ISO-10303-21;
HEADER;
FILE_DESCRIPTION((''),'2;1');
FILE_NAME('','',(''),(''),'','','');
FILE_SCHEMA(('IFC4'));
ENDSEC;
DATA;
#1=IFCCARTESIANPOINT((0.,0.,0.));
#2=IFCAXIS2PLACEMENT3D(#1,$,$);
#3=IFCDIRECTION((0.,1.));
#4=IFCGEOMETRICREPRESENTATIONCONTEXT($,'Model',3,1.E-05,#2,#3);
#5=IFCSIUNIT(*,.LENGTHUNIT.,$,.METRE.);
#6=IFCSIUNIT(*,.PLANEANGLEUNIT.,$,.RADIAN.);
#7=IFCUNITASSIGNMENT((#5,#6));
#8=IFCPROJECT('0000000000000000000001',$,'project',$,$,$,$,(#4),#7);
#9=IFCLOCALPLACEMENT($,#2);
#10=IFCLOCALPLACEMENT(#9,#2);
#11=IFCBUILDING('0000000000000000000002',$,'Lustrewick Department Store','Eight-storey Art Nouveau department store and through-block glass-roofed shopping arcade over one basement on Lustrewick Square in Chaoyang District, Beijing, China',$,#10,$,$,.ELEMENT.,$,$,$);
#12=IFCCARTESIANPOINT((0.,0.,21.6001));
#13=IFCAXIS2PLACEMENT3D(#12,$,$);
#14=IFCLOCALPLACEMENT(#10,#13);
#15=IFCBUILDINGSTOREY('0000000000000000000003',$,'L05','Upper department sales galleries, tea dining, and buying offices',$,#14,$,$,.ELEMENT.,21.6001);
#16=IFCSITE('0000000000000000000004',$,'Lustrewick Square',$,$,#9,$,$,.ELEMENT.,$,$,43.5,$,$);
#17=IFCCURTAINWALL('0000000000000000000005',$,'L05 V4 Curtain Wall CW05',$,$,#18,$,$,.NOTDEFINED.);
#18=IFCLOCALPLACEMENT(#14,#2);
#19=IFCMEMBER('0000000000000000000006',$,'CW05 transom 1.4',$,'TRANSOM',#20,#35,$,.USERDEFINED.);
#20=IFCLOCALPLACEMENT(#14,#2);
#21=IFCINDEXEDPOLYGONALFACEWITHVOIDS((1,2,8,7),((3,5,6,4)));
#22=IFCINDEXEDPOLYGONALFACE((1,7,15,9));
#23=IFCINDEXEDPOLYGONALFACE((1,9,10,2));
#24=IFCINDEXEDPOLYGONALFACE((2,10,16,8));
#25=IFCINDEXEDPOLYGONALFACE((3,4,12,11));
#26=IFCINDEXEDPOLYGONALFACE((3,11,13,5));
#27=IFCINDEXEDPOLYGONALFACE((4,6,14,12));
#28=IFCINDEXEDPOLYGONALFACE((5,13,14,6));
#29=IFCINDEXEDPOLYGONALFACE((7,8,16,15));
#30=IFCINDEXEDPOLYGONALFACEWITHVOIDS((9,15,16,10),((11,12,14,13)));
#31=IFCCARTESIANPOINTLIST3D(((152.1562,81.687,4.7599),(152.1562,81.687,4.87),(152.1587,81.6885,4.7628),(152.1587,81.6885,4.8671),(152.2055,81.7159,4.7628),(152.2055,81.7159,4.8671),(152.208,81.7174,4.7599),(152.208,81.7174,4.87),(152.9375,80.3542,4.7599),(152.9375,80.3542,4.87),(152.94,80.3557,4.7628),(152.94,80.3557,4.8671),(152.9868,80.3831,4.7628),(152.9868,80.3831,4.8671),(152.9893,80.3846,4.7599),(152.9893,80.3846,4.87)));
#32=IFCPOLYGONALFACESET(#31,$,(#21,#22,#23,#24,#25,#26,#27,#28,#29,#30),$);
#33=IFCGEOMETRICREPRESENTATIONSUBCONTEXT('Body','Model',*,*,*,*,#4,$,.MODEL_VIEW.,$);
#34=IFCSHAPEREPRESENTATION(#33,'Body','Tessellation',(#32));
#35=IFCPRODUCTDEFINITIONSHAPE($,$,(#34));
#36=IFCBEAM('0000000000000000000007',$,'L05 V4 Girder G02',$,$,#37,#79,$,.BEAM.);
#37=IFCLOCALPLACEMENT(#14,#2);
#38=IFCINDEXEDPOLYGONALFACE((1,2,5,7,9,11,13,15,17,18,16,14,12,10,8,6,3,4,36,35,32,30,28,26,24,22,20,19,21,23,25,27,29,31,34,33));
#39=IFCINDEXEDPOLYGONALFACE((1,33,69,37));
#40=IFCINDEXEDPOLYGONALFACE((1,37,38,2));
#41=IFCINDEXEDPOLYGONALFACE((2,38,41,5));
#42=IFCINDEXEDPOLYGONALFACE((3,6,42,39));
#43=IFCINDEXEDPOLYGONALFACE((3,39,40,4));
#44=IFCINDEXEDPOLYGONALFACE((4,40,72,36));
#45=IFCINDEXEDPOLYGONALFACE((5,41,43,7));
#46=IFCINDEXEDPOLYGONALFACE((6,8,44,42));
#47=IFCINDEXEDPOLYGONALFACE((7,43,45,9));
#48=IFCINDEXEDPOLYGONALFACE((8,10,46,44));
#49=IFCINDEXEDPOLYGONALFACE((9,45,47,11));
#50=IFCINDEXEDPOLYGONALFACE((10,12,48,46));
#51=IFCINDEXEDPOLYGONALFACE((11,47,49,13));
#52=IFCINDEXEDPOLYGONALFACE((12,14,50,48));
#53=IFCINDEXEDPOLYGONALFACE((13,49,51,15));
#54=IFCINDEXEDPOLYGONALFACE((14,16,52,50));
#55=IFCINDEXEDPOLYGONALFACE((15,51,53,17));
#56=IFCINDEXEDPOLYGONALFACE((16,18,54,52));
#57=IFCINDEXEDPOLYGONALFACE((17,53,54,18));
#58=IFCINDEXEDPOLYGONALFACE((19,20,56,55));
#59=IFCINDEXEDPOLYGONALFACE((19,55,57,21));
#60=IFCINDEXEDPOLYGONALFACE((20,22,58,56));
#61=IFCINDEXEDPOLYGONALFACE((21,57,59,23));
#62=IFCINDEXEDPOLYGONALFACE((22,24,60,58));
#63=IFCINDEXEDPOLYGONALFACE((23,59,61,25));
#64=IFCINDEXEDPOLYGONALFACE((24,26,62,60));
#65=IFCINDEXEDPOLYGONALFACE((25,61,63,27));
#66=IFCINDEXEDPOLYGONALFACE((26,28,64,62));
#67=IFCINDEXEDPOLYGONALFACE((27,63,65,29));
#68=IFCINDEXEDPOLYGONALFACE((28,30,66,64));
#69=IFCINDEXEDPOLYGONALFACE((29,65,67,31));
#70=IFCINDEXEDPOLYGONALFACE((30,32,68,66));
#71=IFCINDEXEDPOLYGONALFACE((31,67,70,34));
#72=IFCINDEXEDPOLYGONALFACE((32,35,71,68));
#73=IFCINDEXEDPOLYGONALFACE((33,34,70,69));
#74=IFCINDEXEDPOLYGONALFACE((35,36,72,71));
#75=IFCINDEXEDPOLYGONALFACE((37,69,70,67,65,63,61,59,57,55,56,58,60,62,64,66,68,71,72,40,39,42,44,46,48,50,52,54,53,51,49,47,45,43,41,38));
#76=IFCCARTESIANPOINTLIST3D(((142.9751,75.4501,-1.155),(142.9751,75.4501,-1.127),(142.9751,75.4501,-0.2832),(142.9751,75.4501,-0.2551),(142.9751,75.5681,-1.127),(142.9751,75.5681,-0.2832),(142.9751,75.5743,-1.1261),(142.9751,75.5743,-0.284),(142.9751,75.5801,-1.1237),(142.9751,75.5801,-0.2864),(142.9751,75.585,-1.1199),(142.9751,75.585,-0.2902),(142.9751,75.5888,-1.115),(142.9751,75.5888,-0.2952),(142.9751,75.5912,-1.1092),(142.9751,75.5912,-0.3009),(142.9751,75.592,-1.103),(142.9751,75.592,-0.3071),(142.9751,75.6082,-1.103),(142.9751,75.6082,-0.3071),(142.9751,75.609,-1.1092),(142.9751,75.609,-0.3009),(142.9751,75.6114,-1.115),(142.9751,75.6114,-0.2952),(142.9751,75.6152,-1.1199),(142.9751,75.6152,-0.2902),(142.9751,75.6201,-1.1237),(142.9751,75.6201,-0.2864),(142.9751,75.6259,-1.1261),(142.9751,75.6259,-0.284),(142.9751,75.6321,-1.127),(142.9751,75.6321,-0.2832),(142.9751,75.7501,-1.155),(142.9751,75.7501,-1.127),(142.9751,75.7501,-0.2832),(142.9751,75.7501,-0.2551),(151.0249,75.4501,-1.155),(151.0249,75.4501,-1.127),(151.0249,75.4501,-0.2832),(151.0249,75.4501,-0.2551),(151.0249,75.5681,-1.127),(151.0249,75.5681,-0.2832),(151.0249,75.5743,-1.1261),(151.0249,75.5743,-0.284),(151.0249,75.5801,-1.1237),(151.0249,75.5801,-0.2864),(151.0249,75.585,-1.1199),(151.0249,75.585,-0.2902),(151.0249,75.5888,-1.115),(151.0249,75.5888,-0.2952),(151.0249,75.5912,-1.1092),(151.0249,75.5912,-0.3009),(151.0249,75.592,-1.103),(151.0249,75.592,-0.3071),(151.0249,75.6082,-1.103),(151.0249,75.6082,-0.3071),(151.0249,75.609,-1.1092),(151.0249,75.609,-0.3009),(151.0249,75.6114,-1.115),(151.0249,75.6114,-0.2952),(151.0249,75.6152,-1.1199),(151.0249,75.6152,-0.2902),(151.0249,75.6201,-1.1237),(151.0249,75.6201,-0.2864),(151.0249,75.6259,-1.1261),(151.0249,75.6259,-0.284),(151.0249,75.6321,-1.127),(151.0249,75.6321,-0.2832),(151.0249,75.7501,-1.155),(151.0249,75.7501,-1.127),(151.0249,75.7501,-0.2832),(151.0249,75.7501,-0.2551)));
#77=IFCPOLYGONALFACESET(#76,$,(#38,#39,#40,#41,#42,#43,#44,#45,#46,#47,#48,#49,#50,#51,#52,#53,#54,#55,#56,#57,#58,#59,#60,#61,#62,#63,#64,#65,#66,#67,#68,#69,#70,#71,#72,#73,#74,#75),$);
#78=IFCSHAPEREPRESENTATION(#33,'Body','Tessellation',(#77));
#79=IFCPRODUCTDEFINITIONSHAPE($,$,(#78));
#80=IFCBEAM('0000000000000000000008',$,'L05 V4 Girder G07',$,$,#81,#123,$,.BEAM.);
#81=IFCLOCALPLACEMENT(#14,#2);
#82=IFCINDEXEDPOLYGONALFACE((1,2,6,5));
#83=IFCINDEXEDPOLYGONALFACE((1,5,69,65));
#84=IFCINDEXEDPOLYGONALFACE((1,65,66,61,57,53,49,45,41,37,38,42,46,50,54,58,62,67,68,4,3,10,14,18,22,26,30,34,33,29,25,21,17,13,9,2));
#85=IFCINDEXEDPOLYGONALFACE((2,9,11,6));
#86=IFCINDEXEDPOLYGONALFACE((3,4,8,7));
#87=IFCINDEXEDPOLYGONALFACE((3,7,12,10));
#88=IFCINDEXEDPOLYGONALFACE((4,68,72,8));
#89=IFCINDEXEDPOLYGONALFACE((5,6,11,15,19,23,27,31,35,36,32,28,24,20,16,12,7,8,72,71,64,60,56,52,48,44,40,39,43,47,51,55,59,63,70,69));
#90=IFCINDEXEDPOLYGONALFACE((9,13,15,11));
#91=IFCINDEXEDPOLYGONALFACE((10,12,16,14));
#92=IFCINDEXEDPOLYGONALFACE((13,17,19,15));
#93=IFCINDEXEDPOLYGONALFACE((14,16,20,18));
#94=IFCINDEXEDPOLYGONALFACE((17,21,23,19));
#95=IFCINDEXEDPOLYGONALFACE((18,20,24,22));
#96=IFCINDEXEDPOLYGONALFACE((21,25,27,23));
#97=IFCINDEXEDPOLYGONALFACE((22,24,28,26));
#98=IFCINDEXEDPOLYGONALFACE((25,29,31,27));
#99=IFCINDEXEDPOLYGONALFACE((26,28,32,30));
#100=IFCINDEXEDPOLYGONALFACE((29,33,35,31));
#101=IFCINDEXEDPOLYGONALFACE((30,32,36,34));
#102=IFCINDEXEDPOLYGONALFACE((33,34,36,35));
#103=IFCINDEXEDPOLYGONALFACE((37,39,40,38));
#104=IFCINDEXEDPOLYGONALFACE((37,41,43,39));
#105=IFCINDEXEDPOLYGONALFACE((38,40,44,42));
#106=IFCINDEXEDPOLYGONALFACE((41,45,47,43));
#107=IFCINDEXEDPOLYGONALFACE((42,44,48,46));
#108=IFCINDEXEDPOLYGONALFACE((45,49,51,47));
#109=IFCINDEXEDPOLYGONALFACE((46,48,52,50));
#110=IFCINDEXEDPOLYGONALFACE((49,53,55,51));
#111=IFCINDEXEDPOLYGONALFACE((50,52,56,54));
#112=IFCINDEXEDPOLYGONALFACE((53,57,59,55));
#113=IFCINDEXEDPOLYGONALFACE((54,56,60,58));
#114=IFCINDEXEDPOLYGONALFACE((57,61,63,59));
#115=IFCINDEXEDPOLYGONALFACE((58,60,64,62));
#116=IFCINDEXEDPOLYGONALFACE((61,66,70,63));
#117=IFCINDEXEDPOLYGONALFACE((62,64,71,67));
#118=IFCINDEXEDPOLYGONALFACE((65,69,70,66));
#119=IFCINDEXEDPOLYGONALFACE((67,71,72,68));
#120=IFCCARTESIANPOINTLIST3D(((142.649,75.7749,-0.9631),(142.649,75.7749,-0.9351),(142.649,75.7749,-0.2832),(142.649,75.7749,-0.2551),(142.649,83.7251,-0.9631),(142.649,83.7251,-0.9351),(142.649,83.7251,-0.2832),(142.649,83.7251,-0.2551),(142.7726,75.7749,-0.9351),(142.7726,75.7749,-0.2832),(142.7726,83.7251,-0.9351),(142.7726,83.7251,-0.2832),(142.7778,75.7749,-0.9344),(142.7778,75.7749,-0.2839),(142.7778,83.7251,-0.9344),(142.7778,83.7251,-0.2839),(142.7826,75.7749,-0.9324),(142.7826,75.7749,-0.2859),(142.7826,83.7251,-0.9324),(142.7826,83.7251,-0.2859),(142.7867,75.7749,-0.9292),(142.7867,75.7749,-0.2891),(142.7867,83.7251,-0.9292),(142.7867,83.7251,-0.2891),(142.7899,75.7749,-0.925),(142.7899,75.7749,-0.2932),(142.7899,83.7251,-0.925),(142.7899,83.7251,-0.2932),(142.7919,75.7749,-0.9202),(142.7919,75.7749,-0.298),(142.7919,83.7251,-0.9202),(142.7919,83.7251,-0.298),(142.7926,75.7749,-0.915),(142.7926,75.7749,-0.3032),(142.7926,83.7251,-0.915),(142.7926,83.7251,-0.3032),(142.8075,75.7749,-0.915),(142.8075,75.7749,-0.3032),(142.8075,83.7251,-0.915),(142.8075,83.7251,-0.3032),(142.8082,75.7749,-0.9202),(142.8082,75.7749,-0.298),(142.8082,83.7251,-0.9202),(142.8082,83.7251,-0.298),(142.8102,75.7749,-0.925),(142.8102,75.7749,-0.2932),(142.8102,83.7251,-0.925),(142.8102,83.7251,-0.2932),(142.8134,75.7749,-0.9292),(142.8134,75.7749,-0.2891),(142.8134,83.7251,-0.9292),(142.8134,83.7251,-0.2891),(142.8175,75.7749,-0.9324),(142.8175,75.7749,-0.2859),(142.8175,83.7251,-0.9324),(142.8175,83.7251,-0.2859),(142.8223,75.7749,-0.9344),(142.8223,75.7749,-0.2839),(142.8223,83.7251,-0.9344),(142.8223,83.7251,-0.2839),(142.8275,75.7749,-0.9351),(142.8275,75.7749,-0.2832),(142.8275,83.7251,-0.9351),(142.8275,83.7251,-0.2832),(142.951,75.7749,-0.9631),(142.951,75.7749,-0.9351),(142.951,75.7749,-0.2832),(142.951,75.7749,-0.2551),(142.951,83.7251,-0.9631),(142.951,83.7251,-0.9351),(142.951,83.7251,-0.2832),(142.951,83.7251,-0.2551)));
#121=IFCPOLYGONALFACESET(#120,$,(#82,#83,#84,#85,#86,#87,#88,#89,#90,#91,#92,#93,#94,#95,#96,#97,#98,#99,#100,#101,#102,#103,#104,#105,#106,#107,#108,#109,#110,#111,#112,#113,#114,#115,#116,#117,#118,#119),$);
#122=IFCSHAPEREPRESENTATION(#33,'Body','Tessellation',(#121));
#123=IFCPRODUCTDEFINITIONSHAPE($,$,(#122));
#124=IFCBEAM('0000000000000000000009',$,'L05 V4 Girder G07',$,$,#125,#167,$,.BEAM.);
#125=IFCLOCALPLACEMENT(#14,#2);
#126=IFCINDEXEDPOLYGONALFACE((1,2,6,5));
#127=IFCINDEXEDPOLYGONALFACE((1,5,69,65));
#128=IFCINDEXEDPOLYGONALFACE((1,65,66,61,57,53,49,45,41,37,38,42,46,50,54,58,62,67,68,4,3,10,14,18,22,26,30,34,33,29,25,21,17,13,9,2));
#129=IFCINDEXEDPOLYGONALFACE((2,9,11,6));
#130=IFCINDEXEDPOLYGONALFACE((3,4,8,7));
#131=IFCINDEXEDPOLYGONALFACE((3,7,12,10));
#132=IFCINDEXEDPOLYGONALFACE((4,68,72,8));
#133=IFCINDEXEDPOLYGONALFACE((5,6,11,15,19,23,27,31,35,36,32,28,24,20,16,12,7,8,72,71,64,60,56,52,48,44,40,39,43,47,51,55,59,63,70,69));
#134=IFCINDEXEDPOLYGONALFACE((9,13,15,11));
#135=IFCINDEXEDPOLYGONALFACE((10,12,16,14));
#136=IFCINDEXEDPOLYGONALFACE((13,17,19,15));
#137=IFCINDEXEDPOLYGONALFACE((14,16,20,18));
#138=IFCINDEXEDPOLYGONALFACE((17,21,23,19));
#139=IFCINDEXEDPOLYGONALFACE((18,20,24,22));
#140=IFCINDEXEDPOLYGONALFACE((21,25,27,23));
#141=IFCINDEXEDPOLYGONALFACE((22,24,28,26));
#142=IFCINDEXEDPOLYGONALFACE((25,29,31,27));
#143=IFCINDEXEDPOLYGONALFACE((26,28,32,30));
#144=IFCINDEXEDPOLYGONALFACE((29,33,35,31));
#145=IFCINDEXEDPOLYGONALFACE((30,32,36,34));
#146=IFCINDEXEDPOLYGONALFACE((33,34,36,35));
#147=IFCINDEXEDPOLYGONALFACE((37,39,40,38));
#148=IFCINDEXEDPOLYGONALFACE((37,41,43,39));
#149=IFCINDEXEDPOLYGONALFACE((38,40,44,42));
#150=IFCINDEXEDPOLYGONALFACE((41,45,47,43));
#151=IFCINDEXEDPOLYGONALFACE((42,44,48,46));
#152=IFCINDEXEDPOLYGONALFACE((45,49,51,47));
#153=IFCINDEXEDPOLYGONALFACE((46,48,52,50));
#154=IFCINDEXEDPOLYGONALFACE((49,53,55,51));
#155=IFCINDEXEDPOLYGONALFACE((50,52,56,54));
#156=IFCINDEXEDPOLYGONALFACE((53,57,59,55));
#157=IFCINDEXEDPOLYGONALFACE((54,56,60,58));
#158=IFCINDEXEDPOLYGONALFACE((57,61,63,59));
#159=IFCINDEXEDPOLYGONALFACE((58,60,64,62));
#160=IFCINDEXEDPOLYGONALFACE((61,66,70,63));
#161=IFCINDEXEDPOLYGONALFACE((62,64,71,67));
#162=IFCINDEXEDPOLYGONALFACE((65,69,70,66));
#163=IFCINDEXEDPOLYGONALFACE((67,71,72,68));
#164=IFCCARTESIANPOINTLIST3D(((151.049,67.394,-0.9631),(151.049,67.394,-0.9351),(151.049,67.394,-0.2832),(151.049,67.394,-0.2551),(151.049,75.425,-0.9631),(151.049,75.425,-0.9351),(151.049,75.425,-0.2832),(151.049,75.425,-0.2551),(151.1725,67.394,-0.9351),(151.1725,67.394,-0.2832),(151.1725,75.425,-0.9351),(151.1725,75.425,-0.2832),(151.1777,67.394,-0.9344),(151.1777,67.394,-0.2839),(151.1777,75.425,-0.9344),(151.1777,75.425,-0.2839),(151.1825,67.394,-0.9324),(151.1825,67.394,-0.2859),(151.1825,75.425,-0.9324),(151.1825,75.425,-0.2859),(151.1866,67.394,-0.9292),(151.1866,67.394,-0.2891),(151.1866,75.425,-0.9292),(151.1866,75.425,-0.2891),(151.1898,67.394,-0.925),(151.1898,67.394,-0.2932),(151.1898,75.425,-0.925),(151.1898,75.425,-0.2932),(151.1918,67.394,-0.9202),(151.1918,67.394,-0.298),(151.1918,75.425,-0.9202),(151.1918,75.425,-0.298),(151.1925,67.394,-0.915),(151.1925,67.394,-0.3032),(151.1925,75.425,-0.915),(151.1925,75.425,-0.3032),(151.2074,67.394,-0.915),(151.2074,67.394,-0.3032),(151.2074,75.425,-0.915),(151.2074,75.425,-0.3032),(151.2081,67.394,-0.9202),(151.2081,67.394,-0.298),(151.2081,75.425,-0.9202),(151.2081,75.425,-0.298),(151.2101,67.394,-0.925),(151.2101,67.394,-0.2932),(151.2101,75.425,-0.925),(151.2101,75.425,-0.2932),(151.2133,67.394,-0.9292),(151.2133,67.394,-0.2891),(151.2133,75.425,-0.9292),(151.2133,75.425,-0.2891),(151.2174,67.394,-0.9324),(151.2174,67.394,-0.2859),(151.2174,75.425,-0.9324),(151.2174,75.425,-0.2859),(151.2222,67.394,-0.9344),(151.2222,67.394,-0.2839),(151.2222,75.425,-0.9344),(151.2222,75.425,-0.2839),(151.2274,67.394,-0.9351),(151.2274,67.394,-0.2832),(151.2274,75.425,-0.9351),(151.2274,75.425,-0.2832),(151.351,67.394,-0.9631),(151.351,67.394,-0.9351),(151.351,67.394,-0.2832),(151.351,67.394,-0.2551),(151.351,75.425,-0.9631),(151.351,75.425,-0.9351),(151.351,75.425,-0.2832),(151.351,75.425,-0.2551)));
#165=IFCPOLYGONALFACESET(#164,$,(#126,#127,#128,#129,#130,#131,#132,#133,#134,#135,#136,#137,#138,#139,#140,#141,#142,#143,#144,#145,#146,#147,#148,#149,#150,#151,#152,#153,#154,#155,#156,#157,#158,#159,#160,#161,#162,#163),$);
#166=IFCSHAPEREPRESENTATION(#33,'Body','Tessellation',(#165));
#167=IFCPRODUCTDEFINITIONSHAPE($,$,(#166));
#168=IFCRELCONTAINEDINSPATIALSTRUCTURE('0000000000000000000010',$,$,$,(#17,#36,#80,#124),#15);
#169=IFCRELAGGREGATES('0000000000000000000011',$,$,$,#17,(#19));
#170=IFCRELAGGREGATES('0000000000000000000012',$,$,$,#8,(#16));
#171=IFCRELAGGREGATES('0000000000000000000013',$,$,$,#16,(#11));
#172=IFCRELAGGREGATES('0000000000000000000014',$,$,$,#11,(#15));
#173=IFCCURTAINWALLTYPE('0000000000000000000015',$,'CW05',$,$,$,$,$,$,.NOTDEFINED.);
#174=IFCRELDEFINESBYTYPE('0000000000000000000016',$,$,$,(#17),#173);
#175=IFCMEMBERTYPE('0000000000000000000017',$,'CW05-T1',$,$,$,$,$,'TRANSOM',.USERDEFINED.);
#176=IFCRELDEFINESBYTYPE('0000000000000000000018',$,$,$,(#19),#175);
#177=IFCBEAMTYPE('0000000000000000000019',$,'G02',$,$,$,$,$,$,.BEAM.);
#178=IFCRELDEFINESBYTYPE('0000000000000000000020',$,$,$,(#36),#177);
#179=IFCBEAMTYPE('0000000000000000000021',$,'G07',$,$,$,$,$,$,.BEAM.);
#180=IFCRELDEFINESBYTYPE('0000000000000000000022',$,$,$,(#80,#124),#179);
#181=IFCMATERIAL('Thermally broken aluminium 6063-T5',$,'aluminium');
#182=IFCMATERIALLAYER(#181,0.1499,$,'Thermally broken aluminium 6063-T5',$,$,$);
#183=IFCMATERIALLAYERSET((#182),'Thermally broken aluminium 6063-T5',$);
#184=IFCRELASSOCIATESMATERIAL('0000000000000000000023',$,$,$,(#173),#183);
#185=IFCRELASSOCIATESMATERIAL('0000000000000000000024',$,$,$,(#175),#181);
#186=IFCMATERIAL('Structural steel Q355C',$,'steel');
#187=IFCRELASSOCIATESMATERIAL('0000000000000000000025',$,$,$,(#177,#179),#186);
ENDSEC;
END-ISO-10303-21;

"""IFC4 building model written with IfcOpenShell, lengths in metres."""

from ifc_helpers import new_model, si_unit, direction, frame, origin, origin_2d, place, context, subcontext, project, spatial, hollow_rectangle, i_section, extrude, material, layer, layer_set, material_profile, profile_set, type_object, element, aggregate, save


model = new_model("IFC4")

# Units and contexts
model_context = context("Model", 3, precision=1e-05, world=origin(), true_north=direction((0.0, 1.0)))
body_context = subcontext(model_context, "Body", "Model", "MODEL_VIEW")
ifc_project = project(units=[si_unit("LENGTHUNIT", "METRE"), si_unit("PLANEANGLEUNIT", "RADIAN")], contexts=[model_context])

# Site, building, storey
site_placement = place(None, origin())
site = spatial("IfcSite", under=ifc_project, at=site_placement, Name="Lustrewick Square", CompositionType="ELEMENT", RefElevation=43.5)
building_placement = place(site_placement, origin())
building = spatial("IfcBuilding", under=site, at=building_placement, Name="Lustrewick Department Store", Description="Eight-storey Art Nouveau department store and through-block glass-roofed shopping arcade over one basement on Lustrewick Square in Chaoyang District, Beijing, China", CompositionType="ELEMENT")
storey_placement = place(building_placement, frame((0.0, 0.0, 21.6001)))
storey = spatial("IfcBuildingStorey", under=building, at=storey_placement, Name="L05", Description="Upper department sales galleries, tea dining, and buying offices", CompositionType="ELEMENT", Elevation=21.6001)

# Shared definitions
ifc_material_1 = material(Name="Thermally broken aluminium 6063-T5", Category="aluminium")

# Curtain wall, member
ifc_layer_1 = layer(ifc_material_1, 0.1499, Name="Thermally broken aluminium 6063-T5")
ifc_layer_set_1 = layer_set([ifc_layer_1], Name="Thermally broken aluminium 6063-T5")
curtain_wall_type_1 = type_object("IfcCurtainWallType", Name="CW05", PredefinedType="NOTDEFINED", material=ifc_layer_set_1)
curtain_wall_1_placement = place(storey_placement, origin())
curtain_wall_1 = element("IfcCurtainWall", 1, at=curtain_wall_1_placement, inside=storey, type_object=curtain_wall_type_1, Name="L05 V4 Curtain Wall CW05", PredefinedType="NOTDEFINED")
ifc_material_profile_1 = material_profile(ifc_material_1, hollow_rectangle(XDim=0.0601, YDim=0.1101, WallThickness=0.0029, at=origin_2d()), Name="ALU-T 60x110x3")
ifc_profile_set_1 = profile_set([ifc_material_profile_1], Name="Thermally broken aluminium 6063-T5")
member_type_1 = type_object("IfcMemberType", Name="CW05-T1", ElementType="TRANSOM", PredefinedType="USERDEFINED", material=ifc_profile_set_1)
member_1_placement = place(storey_placement, frame((152.9634, 80.3694, 4.8149), z_axis=(-0.505707, 0.862705, 0.0), x_axis=(-0.862705, -0.505707, 0.0)))
member_1 = element("IfcMember", 2, at=member_1_placement, type_object=member_type_1, Name="CW05 transom 1.4", ObjectType="TRANSOM", PredefinedType="USERDEFINED", context=body_context, shape_type="SweptSolid", body=[
    extrude(hollow_rectangle(XDim=0.0601, YDim=0.1101, WallThickness=0.0029, at=origin_2d()), origin(), (0.0, 0.0, 1.0), 1.5449),
])

# Beams
ifc_material_2 = material(Name="Structural steel Q355C", Category="steel")
ifc_material_profile_2 = material_profile(ifc_material_2, i_section(OverallWidth=0.3, OverallDepth=0.8999, WebThickness=0.0161, FlangeThickness=0.0281, FilletRadius=0.0239, at=origin_2d()), Name="HN 900x300x16x28")
ifc_profile_set_2 = profile_set([ifc_material_profile_2], Name="Structural steel Q355C")
beam_type_1 = type_object("IfcBeamType", Name="G02", PredefinedType="BEAM", material=ifc_profile_set_2)
beam_1_placement = place(storey_placement, frame((142.9751, 75.6001, -0.7051), z_axis=(1.0, 0.0, 0.0), x_axis=(0.0, 1.0, 0.0)))
element("IfcBeam", 3, at=beam_1_placement, inside=storey, type_object=beam_type_1, Name="L05 V4 Girder G02", PredefinedType="BEAM", context=body_context, shape_type="SweptSolid", body=[
    extrude(i_section(OverallWidth=0.3, OverallDepth=0.8999, WebThickness=0.0161, FlangeThickness=0.0281, FilletRadius=0.0239, at=origin_2d()), origin(), (0.0, 0.0, 1.0), 8.0498),
])
ifc_material_profile_3 = material_profile(ifc_material_2, i_section(OverallWidth=0.302, OverallDepth=0.708, WebThickness=0.0149, FlangeThickness=0.0281, FilletRadius=0.02, at=origin_2d()), Name="HN 708x302x15x28")
ifc_profile_set_3 = profile_set([ifc_material_profile_3], Name="Structural steel Q355C")
beam_type_2 = type_object("IfcBeamType", Name="G07", PredefinedType="BEAM", material=ifc_profile_set_3)
beam_2_placement = place(storey_placement, frame((142.8, 75.7749, -0.6091), z_axis=(0.0, 1.0, 0.0), x_axis=(-1.0, 0.0, 0.0)))
element("IfcBeam", 4, at=beam_2_placement, inside=storey, type_object=beam_type_2, Name="L05 V4 Girder G07", PredefinedType="BEAM", context=body_context, shape_type="SweptSolid", body=[
    extrude(i_section(OverallWidth=0.302, OverallDepth=0.708, WebThickness=0.0149, FlangeThickness=0.0281, FilletRadius=0.02, at=origin_2d()), origin(), (0.0, 0.0, 1.0), 7.9502),
])
beam_3_placement = place(storey_placement, frame((151.2, 67.394, -0.6091), z_axis=(0.0, 1.0, 0.0), x_axis=(-1.0, 0.0, 0.0)))
element("IfcBeam", 5, at=beam_3_placement, inside=storey, type_object=beam_type_2, Name="L05 V4 Girder G07", PredefinedType="BEAM", context=body_context, shape_type="SweptSolid", body=[
    extrude(i_section(OverallWidth=0.302, OverallDepth=0.708, WebThickness=0.0149, FlangeThickness=0.0281, FilletRadius=0.02, at=origin_2d()), origin(), (0.0, 0.0, 1.0), 8.031),
])

aggregate(curtain_wall_1, [member_1])

save(model, "model.ifc")
